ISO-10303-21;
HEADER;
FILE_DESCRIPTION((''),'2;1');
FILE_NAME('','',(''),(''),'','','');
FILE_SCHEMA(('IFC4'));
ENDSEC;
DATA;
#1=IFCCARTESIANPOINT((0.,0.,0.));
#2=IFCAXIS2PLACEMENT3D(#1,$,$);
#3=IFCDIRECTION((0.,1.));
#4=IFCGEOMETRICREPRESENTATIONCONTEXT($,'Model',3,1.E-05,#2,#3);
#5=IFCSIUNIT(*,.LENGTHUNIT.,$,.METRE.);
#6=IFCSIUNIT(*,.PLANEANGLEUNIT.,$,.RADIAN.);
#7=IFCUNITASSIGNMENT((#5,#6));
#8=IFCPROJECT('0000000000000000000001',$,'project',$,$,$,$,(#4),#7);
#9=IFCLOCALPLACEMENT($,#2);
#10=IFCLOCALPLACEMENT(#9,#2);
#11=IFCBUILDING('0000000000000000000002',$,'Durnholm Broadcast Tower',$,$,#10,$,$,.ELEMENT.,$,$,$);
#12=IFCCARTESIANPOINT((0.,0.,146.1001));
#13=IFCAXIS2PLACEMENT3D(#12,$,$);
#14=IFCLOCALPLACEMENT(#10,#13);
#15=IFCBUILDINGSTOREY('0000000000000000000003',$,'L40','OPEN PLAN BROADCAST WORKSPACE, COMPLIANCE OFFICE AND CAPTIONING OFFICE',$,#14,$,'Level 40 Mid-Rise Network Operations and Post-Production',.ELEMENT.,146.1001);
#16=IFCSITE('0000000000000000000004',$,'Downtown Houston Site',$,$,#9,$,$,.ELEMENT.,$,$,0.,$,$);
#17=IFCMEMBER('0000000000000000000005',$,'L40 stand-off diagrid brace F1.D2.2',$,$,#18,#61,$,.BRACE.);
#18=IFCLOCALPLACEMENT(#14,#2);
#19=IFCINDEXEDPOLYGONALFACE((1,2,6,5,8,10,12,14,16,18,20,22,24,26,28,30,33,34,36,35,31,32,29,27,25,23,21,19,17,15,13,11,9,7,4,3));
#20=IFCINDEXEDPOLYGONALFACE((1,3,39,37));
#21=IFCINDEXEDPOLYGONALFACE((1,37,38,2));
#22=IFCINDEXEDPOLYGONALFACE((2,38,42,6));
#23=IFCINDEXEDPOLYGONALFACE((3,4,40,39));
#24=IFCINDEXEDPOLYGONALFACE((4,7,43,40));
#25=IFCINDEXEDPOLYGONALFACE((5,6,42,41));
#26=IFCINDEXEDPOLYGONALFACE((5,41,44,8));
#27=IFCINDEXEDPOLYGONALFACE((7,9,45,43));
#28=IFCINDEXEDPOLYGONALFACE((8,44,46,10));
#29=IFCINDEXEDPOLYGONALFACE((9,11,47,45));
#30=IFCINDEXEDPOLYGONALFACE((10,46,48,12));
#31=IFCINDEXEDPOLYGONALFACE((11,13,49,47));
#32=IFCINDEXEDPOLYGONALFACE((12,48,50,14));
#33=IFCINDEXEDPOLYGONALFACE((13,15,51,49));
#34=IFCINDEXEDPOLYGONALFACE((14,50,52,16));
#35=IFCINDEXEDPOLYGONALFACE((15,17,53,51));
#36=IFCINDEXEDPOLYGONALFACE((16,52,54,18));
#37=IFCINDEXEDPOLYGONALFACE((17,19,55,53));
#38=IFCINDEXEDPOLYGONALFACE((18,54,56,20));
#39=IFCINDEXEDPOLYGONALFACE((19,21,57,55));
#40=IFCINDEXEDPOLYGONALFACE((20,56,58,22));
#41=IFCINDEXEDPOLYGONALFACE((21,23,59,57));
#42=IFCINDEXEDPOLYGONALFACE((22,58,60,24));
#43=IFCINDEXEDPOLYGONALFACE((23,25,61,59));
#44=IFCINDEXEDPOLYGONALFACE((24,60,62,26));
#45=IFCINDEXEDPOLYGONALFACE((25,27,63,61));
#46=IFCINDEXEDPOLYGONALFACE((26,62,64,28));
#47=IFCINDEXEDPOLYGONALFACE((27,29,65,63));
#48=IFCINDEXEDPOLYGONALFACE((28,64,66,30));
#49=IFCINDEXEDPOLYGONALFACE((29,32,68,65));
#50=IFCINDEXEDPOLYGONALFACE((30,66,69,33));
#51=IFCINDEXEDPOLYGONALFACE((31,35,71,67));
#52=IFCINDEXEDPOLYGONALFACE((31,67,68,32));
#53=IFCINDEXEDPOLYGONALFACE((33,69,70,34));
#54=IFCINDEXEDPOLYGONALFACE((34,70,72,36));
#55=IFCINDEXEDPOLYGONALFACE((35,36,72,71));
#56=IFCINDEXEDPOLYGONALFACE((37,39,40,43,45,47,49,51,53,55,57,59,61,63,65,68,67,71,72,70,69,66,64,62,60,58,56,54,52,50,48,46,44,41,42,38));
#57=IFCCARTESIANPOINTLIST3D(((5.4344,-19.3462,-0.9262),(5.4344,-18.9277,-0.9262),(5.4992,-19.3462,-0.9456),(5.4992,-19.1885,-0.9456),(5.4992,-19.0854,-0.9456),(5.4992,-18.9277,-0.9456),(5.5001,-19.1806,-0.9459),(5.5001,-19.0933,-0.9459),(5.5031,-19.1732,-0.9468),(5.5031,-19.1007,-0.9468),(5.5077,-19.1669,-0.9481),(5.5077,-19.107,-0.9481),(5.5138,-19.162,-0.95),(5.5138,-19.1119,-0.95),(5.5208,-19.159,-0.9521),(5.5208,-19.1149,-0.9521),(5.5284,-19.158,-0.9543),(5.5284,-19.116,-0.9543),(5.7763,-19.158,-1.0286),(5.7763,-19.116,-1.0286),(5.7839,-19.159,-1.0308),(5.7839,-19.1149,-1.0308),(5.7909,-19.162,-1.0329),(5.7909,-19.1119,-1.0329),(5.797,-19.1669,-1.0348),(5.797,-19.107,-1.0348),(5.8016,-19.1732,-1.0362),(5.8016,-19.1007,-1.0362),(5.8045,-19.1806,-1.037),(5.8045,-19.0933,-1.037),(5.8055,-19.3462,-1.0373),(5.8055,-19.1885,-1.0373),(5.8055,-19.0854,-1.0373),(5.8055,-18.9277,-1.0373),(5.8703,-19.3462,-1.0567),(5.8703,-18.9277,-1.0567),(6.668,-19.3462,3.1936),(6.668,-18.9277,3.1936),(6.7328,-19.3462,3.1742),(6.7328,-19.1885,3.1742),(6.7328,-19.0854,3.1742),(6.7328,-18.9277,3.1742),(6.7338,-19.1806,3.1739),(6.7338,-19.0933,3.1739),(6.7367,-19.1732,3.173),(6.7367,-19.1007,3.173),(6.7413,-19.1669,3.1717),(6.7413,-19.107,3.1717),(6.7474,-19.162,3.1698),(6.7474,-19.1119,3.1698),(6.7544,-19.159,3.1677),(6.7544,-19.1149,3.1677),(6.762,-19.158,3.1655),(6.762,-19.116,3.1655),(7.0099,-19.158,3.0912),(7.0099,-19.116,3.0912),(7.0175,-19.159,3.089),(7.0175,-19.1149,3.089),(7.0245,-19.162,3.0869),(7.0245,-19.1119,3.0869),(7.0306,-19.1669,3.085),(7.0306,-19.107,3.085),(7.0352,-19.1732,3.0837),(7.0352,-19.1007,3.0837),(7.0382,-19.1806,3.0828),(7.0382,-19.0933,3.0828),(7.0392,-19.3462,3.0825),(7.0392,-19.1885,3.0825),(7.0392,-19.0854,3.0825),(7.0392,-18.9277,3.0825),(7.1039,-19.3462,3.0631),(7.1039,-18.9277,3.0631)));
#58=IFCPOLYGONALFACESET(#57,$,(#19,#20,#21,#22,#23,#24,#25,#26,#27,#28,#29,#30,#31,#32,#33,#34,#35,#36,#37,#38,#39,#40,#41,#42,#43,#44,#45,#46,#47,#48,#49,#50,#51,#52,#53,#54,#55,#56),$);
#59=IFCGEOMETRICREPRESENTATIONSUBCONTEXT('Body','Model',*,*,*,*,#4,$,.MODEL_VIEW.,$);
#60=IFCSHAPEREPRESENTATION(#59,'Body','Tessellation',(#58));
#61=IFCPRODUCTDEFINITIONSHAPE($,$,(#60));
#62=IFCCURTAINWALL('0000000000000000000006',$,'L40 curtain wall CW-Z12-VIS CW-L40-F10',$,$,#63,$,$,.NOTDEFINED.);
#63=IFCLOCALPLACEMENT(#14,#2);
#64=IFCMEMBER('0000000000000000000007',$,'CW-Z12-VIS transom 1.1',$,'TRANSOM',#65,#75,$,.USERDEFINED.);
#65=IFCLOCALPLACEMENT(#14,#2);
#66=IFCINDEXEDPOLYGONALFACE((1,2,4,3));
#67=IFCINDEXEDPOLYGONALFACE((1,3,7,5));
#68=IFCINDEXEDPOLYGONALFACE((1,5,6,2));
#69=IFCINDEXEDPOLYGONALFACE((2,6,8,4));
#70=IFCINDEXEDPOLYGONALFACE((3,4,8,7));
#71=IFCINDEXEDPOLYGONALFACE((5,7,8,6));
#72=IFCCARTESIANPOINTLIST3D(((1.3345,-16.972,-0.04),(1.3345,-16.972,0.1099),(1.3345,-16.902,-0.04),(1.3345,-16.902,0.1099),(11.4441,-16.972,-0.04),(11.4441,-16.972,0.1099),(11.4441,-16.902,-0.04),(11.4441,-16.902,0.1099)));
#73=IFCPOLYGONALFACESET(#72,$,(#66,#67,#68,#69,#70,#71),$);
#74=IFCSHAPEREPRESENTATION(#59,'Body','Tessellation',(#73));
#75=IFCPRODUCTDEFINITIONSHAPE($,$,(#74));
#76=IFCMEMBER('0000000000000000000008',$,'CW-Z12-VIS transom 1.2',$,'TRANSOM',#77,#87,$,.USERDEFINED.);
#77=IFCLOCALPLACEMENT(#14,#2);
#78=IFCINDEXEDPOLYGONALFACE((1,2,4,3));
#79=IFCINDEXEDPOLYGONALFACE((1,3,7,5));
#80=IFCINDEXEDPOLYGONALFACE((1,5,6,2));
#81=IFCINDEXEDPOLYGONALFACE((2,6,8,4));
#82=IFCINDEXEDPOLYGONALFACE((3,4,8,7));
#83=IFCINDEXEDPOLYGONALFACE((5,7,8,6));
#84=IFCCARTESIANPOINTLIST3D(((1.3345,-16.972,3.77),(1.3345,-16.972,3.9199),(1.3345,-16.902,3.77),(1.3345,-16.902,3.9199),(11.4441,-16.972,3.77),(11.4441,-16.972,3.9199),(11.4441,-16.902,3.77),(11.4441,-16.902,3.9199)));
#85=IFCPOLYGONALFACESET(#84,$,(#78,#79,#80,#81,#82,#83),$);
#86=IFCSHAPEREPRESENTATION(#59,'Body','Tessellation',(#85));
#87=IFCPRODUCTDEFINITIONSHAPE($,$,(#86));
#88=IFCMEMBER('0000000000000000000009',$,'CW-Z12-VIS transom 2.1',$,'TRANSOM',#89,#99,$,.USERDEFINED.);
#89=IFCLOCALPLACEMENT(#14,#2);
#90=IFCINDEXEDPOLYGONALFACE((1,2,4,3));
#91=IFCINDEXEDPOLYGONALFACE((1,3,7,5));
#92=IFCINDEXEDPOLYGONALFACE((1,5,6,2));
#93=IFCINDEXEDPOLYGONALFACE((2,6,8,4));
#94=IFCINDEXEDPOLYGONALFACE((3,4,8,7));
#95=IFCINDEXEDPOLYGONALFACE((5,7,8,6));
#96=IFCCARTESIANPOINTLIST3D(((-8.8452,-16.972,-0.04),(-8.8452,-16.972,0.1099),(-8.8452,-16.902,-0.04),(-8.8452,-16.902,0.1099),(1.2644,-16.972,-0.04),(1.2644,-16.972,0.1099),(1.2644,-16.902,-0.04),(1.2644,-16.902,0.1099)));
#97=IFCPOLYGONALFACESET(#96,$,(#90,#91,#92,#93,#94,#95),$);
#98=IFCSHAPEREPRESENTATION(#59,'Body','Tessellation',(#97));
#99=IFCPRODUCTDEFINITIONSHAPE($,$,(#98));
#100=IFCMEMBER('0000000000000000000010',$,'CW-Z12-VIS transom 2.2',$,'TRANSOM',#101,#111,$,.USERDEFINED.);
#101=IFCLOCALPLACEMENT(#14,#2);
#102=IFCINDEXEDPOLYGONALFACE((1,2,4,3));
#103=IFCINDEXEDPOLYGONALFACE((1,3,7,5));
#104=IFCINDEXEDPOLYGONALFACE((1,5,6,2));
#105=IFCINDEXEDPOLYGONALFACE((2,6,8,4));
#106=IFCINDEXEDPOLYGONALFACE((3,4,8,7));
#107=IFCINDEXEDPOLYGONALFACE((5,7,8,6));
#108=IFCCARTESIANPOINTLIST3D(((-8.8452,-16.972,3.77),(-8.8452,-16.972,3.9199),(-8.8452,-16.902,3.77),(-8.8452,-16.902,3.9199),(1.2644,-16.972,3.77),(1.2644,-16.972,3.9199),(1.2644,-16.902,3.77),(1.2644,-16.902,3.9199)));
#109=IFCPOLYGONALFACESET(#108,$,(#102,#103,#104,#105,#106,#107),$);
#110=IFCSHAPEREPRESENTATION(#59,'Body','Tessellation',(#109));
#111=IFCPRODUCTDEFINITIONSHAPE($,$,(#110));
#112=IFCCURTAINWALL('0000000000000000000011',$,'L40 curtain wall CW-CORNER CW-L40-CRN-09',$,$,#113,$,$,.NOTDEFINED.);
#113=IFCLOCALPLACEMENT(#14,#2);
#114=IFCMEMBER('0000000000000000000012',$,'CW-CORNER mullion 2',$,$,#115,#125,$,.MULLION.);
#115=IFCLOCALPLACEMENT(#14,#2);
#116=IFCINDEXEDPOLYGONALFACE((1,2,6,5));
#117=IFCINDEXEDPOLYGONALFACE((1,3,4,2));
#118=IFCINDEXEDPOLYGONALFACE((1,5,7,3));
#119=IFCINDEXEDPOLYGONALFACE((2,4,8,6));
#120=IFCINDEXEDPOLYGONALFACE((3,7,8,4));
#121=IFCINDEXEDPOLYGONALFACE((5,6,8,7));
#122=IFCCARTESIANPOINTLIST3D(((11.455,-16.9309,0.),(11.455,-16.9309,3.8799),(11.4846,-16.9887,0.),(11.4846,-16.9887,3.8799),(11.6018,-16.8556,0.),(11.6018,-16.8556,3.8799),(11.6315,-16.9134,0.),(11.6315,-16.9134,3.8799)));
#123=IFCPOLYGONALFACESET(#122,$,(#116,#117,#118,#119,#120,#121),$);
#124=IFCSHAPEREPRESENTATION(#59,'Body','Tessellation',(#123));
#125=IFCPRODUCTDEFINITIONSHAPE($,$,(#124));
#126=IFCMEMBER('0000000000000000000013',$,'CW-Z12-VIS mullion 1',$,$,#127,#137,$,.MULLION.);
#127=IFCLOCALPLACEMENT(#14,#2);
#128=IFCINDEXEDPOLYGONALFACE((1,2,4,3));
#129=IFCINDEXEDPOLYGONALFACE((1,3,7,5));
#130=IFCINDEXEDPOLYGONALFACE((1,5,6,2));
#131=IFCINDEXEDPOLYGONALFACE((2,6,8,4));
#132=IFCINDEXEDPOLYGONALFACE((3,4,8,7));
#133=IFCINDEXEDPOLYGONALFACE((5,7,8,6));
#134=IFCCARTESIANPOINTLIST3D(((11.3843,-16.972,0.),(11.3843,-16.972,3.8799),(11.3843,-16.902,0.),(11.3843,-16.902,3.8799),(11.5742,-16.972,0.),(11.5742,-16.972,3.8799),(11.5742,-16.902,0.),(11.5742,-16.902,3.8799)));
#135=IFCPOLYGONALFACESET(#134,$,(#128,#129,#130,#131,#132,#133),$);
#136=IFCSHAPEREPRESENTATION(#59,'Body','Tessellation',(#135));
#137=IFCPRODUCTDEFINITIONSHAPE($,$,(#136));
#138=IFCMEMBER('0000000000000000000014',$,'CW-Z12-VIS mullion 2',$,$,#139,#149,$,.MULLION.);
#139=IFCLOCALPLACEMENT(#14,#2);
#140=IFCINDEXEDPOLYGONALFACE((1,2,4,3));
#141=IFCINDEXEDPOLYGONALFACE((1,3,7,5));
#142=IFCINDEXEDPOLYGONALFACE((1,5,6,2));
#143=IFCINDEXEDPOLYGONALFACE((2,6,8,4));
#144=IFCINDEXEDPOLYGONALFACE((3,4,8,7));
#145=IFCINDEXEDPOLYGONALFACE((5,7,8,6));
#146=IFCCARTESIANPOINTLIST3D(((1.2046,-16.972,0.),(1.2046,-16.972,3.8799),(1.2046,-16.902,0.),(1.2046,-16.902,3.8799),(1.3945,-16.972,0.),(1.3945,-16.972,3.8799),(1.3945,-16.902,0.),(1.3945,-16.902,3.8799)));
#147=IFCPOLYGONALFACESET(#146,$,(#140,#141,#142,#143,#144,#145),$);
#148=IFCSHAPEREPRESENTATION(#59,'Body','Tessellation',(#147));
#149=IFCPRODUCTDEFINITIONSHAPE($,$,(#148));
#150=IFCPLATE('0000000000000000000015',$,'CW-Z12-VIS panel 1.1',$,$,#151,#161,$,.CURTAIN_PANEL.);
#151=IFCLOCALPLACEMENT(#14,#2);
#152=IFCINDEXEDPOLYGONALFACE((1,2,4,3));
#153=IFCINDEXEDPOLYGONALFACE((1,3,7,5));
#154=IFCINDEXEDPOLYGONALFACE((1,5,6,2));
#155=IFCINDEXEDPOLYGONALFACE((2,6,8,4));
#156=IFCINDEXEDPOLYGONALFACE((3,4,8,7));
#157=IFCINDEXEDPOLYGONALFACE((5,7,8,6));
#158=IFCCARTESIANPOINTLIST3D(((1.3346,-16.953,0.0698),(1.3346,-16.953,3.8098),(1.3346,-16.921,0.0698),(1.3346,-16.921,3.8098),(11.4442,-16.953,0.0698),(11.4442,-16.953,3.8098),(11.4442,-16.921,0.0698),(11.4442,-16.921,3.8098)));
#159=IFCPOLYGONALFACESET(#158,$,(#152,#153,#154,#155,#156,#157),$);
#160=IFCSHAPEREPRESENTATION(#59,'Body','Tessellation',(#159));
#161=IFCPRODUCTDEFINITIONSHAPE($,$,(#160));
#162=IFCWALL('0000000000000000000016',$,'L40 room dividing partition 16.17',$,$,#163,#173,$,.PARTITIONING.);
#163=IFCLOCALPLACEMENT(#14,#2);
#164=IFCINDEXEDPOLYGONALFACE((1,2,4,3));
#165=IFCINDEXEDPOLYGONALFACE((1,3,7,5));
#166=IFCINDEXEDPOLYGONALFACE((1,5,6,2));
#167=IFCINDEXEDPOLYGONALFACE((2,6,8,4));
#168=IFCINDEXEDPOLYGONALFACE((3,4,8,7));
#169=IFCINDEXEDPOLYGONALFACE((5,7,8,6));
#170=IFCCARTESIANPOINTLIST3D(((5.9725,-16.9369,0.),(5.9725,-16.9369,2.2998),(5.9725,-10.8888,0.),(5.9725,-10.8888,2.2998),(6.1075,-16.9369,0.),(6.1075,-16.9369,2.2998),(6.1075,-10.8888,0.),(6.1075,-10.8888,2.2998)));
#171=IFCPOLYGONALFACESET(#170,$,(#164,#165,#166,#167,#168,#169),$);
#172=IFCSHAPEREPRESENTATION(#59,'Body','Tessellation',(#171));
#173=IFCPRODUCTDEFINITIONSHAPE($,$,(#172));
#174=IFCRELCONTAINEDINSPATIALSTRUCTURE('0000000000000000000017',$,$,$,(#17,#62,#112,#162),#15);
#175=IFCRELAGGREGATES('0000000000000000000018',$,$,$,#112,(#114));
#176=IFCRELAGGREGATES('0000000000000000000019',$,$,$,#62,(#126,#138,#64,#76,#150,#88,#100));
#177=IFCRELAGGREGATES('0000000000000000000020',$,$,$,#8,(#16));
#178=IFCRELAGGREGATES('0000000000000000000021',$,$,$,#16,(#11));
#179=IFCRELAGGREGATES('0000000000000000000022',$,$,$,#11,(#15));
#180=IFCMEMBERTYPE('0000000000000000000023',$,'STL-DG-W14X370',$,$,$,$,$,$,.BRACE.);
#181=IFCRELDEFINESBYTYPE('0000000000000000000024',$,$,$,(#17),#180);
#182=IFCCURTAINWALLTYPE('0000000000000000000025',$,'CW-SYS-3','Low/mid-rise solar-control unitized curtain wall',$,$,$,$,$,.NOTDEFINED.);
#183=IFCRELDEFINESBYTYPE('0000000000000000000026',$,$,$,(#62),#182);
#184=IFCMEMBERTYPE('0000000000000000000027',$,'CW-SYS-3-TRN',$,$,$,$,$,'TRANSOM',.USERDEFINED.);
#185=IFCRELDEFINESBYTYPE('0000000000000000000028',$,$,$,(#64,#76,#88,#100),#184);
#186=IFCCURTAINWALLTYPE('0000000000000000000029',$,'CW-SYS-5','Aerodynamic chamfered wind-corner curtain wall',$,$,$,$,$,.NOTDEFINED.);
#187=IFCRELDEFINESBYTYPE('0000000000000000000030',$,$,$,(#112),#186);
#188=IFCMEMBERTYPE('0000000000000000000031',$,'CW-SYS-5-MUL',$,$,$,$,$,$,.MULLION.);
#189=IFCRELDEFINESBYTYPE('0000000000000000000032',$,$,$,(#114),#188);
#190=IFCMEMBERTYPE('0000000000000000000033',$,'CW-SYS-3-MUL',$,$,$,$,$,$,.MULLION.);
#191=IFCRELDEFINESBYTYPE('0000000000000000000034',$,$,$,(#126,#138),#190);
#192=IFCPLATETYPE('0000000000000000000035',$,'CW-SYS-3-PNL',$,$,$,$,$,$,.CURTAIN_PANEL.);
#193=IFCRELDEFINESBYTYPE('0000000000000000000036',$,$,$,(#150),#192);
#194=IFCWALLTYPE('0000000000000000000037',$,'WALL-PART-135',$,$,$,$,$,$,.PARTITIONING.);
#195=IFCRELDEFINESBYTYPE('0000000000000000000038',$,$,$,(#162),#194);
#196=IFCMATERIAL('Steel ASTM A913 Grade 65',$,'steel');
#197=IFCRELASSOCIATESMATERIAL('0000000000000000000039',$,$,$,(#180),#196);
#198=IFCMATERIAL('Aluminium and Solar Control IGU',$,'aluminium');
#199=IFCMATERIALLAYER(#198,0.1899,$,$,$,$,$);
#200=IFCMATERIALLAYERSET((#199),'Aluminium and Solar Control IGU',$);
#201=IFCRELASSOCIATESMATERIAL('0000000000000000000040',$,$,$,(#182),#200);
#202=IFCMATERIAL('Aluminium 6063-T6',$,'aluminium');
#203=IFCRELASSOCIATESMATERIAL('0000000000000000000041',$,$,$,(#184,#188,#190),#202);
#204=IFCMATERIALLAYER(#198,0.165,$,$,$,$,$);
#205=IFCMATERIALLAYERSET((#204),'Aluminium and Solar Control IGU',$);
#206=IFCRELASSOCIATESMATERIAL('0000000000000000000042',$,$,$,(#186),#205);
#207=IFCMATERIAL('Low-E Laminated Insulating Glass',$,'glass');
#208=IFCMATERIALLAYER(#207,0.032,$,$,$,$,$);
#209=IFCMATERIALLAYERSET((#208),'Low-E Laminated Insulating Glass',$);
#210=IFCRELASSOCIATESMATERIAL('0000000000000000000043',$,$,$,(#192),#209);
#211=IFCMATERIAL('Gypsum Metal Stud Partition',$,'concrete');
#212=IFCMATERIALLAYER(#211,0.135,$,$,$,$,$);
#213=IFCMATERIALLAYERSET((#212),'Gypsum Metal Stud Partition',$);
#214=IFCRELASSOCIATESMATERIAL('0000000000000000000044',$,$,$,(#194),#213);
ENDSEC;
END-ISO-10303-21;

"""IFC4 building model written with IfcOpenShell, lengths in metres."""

from ifc_helpers import new_model, si_unit, direction, frame, frame_2d, origin, origin_2d, place, context, subcontext, project, spatial, rectangle, i_section, extrude, source, transform, mapped, material, layer, layer_set, material_profile, profile_set, type_object, type_shapes, element, aggregate, save


model = new_model("IFC4")

# Units and contexts
model_context = context("Model", 3, precision=1e-05, world=origin(), true_north=direction((0.0, 1.0)))
body_context = subcontext(model_context, "Body", "Model", "MODEL_VIEW")
ifc_project = project(units=[si_unit("LENGTHUNIT", "METRE"), si_unit("PLANEANGLEUNIT", "RADIAN")], contexts=[model_context])

# Site, building, storey
site_placement = place(None, origin())
site = spatial("IfcSite", under=ifc_project, at=site_placement, Name="Downtown Houston Site", CompositionType="ELEMENT", RefElevation=0.0)
building_placement = place(site_placement, origin())
building = spatial("IfcBuilding", under=site, at=building_placement, Name="Durnholm Broadcast Tower", CompositionType="ELEMENT")
storey_placement = place(building_placement, frame((0.0, 0.0, 146.1001)))
storey = spatial("IfcBuildingStorey", under=building, at=storey_placement, Name="L40", Description="OPEN PLAN BROADCAST WORKSPACE, COMPLIANCE OFFICE AND CAPTIONING OFFICE", LongName="Level 40 Mid-Rise Network Operations and Post-Production", CompositionType="ELEMENT", Elevation=146.1001)

# Member
ifc_material_1 = material(Name="Steel ASTM A913 Grade 65", Category="steel")
ifc_material_profile_1 = material_profile(ifc_material_1, i_section(OverallWidth=0.4185, OverallDepth=0.4551, WebThickness=0.042, FlangeThickness=0.0676, FilletRadius=0.0305, at=origin_2d()), Name="W14X370")
ifc_profile_set_1 = profile_set([ifc_material_profile_1], Name="Steel ASTM A913 Grade 65")
member_type_1 = type_object("IfcMemberType", Name="STL-DG-W14X370", PredefinedType="BRACE", material=ifc_profile_set_1)
shared_shape_1 = source(origin(), body_context, "Body", "SweptSolid", [
    extrude(i_section(OverallWidth=0.4185, OverallDepth=0.4551, WebThickness=0.042, FlangeThickness=0.0676, FilletRadius=0.0305, at=origin_2d()), origin(), (0.0, 0.0, 1.0), 4.3005),
])
member_1_placement = place(storey_placement, frame((5.6523, -19.137, -0.9915), z_axis=(0.286853, 0.0, 0.957975), x_axis=(0.0, 1.0, 0.0)))
element("IfcMember", 1, at=member_1_placement, inside=storey, type_object=member_type_1, Name="L40 stand-off diagrid brace F1.D2.2", PredefinedType="BRACE", context=body_context, shape_type="MappedRepresentation", body=[
    mapped(shared_shape_1, transform((0.0, 0.0, 0.0), x_axis=(1.0, 0.0, 0.0), y_axis=(0.0, 1.0, 0.0), z_axis=(0.0, 0.0, 1.0), scale=1.0)),
])

# Curtain wall, members
ifc_material_2 = material(Name="Aluminium and Solar Control IGU", Category="aluminium")
ifc_layer_1 = layer(ifc_material_2, 0.1899)
ifc_layer_set_1 = layer_set([ifc_layer_1], Name="Aluminium and Solar Control IGU")
curtain_wall_type_1 = type_object("IfcCurtainWallType", Name="CW-SYS-3", Description="Low/mid-rise solar-control unitized curtain wall", PredefinedType="NOTDEFINED", material=ifc_layer_set_1)
curtain_wall_1_placement = place(storey_placement, origin())
curtain_wall_1 = element("IfcCurtainWall", 2, at=curtain_wall_1_placement, inside=storey, type_object=curtain_wall_type_1, Name="L40 curtain wall CW-Z12-VIS CW-L40-F10", PredefinedType="NOTDEFINED")
ifc_material_3 = material(Name="Aluminium 6063-T6", Category="aluminium")
ifc_material_profile_2 = material_profile(ifc_material_3, rectangle(XDim=0.0701, YDim=0.1499, at=origin_2d()), Name="CWT70X150")
ifc_profile_set_2 = profile_set([ifc_material_profile_2], Name="Aluminium 6063-T6")
member_type_2 = type_object("IfcMemberType", Name="CW-SYS-3-TRN", ElementType="TRANSOM", PredefinedType="USERDEFINED", material=ifc_profile_set_2)
shared_shape_2 = source(origin(), body_context, "Body", "SweptSolid", [
    extrude(rectangle(XDim=0.0701, YDim=0.1499, at=origin_2d()), origin(), (0.0, 0.0, 1.0), 10.1096),
])
type_shapes(member_type_2, [shared_shape_2])
member_2_placement = place(storey_placement, frame((11.4441, -16.937, 0.0349), z_axis=(-1.0, 0.0, 0.0), x_axis=(0.0, -1.0, 0.0)))
member_2 = element("IfcMember", 3, at=member_2_placement, type_object=member_type_2, Name="CW-Z12-VIS transom 1.1", ObjectType="TRANSOM", PredefinedType="USERDEFINED", context=body_context, shape_type="MappedRepresentation", body=[
    mapped(shared_shape_2, transform((0.0, 0.0, 0.0), x_axis=(1.0, 0.0, 0.0), y_axis=(0.0, 1.0, 0.0), z_axis=(0.0, 0.0, 1.0), scale=1.0)),
])
member_3_placement = place(storey_placement, frame((11.4441, -16.937, 3.845), z_axis=(-1.0, 0.0, 0.0), x_axis=(0.0, -1.0, 0.0)))
member_3 = element("IfcMember", 4, at=member_3_placement, type_object=member_type_2, Name="CW-Z12-VIS transom 1.2", ObjectType="TRANSOM", PredefinedType="USERDEFINED", context=body_context, shape_type="MappedRepresentation", body=[
    mapped(shared_shape_2, transform((0.0, 0.0, 0.0), x_axis=(1.0, 0.0, 0.0), y_axis=(0.0, 1.0, 0.0), z_axis=(0.0, 0.0, 1.0), scale=1.0)),
])
member_4_placement = place(storey_placement, frame((1.2644, -16.937, 0.0349), z_axis=(-1.0, 0.0, 0.0), x_axis=(0.0, -1.0, 0.0)))
member_4 = element("IfcMember", 5, at=member_4_placement, type_object=member_type_2, Name="CW-Z12-VIS transom 2.1", ObjectType="TRANSOM", PredefinedType="USERDEFINED", context=body_context, shape_type="MappedRepresentation", body=[
    mapped(shared_shape_2, transform((0.0, 0.0, 0.0), x_axis=(1.0, 0.0, 0.0), y_axis=(0.0, 1.0, 0.0), z_axis=(0.0, 0.0, 1.0), scale=1.0)),
])
member_5_placement = place(storey_placement, frame((1.2644, -16.937, 3.845), z_axis=(-1.0, 0.0, 0.0), x_axis=(0.0, -1.0, 0.0)))
member_5 = element("IfcMember", 6, at=member_5_placement, type_object=member_type_2, Name="CW-Z12-VIS transom 2.2", ObjectType="TRANSOM", PredefinedType="USERDEFINED", context=body_context, shape_type="MappedRepresentation", body=[
    mapped(shared_shape_2, transform((0.0, 0.0, 0.0), x_axis=(1.0, 0.0, 0.0), y_axis=(0.0, 1.0, 0.0), z_axis=(0.0, 0.0, 1.0), scale=1.0)),
])

# Curtain wall, member
ifc_layer_2 = layer(ifc_material_2, 0.165)
ifc_layer_set_2 = layer_set([ifc_layer_2], Name="Aluminium and Solar Control IGU")
curtain_wall_type_2 = type_object("IfcCurtainWallType", Name="CW-SYS-5", Description="Aerodynamic chamfered wind-corner curtain wall", PredefinedType="NOTDEFINED", material=ifc_layer_set_2)
curtain_wall_2_placement = place(storey_placement, origin())
curtain_wall_2 = element("IfcCurtainWall", 7, at=curtain_wall_2_placement, inside=storey, type_object=curtain_wall_type_2, Name="L40 curtain wall CW-CORNER CW-L40-CRN-09", PredefinedType="NOTDEFINED")
ifc_material_profile_3 = material_profile(ifc_material_3, rectangle(XDim=0.0649, YDim=0.165, at=origin_2d()), Name="CWM65X165")
ifc_profile_set_3 = profile_set([ifc_material_profile_3], Name="Aluminium 6063-T6")
member_type_3 = type_object("IfcMemberType", Name="CW-SYS-5-MUL", PredefinedType="MULLION", material=ifc_profile_set_3)
shared_shape_3 = source(origin(), body_context, "Body", "SweptSolid", [
    extrude(rectangle(XDim=0.0649, YDim=0.165, at=origin_2d()), origin(), (0.0, 0.0, 1.0), 3.8799),
])
type_shapes(member_type_3, [shared_shape_3])
member_6_placement = place(storey_placement, frame((11.5432, -16.9221, 0.0), z_axis=(0.0, 0.0, 1.0), x_axis=(0.456373, -0.889788, 0.0)))
member_6 = element("IfcMember", 8, at=member_6_placement, type_object=member_type_3, Name="CW-CORNER mullion 2", PredefinedType="MULLION", context=body_context, shape_type="MappedRepresentation", body=[
    mapped(shared_shape_3, transform((0.0, 0.0, 0.0), x_axis=(1.0, 0.0, 0.0), y_axis=(0.0, 1.0, 0.0), z_axis=(0.0, 0.0, 1.0), scale=1.0)),
])
aggregate(curtain_wall_2, [member_6])

# Members
ifc_material_profile_4 = material_profile(ifc_material_3, rectangle(XDim=0.0701, YDim=0.1899, at=origin_2d()), Name="CWM70X190")
ifc_profile_set_4 = profile_set([ifc_material_profile_4], Name="Aluminium 6063-T6")
member_type_4 = type_object("IfcMemberType", Name="CW-SYS-3-MUL", PredefinedType="MULLION", material=ifc_profile_set_4)
shared_shape_4 = source(origin(), body_context, "Body", "SweptSolid", [
    extrude(rectangle(XDim=0.0701, YDim=0.1899, at=origin_2d()), origin(), (0.0, 0.0, 1.0), 3.8799),
])
type_shapes(member_type_4, [shared_shape_4])
member_7_placement = place(storey_placement, frame((11.4792, -16.937, 0.0), z_axis=(0.0, 0.0, 1.0), x_axis=(0.0, -1.0, 0.0)))
member_7 = element("IfcMember", 9, at=member_7_placement, type_object=member_type_4, Name="CW-Z12-VIS mullion 1", PredefinedType="MULLION", context=body_context, shape_type="MappedRepresentation", body=[
    mapped(shared_shape_4, transform((0.0, 0.0, 0.0), x_axis=(1.0, 0.0, 0.0), y_axis=(0.0, 1.0, 0.0), z_axis=(0.0, 0.0, 1.0), scale=1.0)),
])
member_8_placement = place(storey_placement, frame((1.2996, -16.937, 0.0), z_axis=(0.0, 0.0, 1.0), x_axis=(0.0, -1.0, 0.0)))
member_8 = element("IfcMember", 10, at=member_8_placement, type_object=member_type_4, Name="CW-Z12-VIS mullion 2", PredefinedType="MULLION", context=body_context, shape_type="MappedRepresentation", body=[
    mapped(shared_shape_4, transform((0.0, 0.0, 0.0), x_axis=(1.0, 0.0, 0.0), y_axis=(0.0, 1.0, 0.0), z_axis=(0.0, 0.0, 1.0), scale=1.0)),
])

# Plate
ifc_material_4 = material(Name="Low-E Laminated Insulating Glass", Category="glass")
ifc_layer_3 = layer(ifc_material_4, 0.032)
ifc_layer_set_3 = layer_set([ifc_layer_3], Name="Low-E Laminated Insulating Glass")
plate_type = type_object("IfcPlateType", Name="CW-SYS-3-PNL", PredefinedType="CURTAIN_PANEL", material=ifc_layer_set_3)
shared_shape_5 = source(origin(), body_context, "Body", "SweptSolid", [
    extrude(rectangle(XDim=10.1096, YDim=0.032, at=origin_2d()), origin(), (0.0, 0.0, 1.0), 3.74),
])
type_shapes(plate_type, [shared_shape_5])
plate_placement = place(storey_placement, frame((6.3894, -16.937, 0.0698), z_axis=(0.0, 0.0, 1.0), x_axis=(-1.0, 0.0, 0.0)))
plate = element("IfcPlate", 11, at=plate_placement, type_object=plate_type, Name="CW-Z12-VIS panel 1.1", PredefinedType="CURTAIN_PANEL", context=body_context, shape_type="MappedRepresentation", body=[
    mapped(shared_shape_5, transform((0.0, 0.0, 0.0), x_axis=(1.0, 0.0, 0.0), y_axis=(0.0, 1.0, 0.0), z_axis=(0.0, 0.0, 1.0), scale=1.0)),
])
aggregate(curtain_wall_1, [member_7, member_8, member_2, member_3, plate, member_4, member_5])

# Wall
ifc_material_5 = material(Name="Gypsum Metal Stud Partition", Category="concrete")
ifc_layer_4 = layer(ifc_material_5, 0.135)
ifc_layer_set_4 = layer_set([ifc_layer_4], Name="Gypsum Metal Stud Partition")
wall_type_1 = type_object("IfcWallType", Name="WALL-PART-135", PredefinedType="PARTITIONING", material=ifc_layer_set_4)
wall_1_placement = place(storey_placement, frame((6.04, -10.8889, 0.0), z_axis=(0.0, 0.0, 1.0), x_axis=(0.0, -1.0, 0.0)))
element("IfcWall", 12, at=wall_1_placement, inside=storey, type_object=wall_type_1, Name="L40 room dividing partition 16.17", PredefinedType="PARTITIONING", context=body_context, shape_type="SweptSolid", body=[
    extrude(rectangle(XDim=6.0481, YDim=0.135, at=frame_2d((3.0239, 0.0))), origin(), (0.0, 0.0, 1.0), 2.2998),
])

save(model, "model.ifc")
